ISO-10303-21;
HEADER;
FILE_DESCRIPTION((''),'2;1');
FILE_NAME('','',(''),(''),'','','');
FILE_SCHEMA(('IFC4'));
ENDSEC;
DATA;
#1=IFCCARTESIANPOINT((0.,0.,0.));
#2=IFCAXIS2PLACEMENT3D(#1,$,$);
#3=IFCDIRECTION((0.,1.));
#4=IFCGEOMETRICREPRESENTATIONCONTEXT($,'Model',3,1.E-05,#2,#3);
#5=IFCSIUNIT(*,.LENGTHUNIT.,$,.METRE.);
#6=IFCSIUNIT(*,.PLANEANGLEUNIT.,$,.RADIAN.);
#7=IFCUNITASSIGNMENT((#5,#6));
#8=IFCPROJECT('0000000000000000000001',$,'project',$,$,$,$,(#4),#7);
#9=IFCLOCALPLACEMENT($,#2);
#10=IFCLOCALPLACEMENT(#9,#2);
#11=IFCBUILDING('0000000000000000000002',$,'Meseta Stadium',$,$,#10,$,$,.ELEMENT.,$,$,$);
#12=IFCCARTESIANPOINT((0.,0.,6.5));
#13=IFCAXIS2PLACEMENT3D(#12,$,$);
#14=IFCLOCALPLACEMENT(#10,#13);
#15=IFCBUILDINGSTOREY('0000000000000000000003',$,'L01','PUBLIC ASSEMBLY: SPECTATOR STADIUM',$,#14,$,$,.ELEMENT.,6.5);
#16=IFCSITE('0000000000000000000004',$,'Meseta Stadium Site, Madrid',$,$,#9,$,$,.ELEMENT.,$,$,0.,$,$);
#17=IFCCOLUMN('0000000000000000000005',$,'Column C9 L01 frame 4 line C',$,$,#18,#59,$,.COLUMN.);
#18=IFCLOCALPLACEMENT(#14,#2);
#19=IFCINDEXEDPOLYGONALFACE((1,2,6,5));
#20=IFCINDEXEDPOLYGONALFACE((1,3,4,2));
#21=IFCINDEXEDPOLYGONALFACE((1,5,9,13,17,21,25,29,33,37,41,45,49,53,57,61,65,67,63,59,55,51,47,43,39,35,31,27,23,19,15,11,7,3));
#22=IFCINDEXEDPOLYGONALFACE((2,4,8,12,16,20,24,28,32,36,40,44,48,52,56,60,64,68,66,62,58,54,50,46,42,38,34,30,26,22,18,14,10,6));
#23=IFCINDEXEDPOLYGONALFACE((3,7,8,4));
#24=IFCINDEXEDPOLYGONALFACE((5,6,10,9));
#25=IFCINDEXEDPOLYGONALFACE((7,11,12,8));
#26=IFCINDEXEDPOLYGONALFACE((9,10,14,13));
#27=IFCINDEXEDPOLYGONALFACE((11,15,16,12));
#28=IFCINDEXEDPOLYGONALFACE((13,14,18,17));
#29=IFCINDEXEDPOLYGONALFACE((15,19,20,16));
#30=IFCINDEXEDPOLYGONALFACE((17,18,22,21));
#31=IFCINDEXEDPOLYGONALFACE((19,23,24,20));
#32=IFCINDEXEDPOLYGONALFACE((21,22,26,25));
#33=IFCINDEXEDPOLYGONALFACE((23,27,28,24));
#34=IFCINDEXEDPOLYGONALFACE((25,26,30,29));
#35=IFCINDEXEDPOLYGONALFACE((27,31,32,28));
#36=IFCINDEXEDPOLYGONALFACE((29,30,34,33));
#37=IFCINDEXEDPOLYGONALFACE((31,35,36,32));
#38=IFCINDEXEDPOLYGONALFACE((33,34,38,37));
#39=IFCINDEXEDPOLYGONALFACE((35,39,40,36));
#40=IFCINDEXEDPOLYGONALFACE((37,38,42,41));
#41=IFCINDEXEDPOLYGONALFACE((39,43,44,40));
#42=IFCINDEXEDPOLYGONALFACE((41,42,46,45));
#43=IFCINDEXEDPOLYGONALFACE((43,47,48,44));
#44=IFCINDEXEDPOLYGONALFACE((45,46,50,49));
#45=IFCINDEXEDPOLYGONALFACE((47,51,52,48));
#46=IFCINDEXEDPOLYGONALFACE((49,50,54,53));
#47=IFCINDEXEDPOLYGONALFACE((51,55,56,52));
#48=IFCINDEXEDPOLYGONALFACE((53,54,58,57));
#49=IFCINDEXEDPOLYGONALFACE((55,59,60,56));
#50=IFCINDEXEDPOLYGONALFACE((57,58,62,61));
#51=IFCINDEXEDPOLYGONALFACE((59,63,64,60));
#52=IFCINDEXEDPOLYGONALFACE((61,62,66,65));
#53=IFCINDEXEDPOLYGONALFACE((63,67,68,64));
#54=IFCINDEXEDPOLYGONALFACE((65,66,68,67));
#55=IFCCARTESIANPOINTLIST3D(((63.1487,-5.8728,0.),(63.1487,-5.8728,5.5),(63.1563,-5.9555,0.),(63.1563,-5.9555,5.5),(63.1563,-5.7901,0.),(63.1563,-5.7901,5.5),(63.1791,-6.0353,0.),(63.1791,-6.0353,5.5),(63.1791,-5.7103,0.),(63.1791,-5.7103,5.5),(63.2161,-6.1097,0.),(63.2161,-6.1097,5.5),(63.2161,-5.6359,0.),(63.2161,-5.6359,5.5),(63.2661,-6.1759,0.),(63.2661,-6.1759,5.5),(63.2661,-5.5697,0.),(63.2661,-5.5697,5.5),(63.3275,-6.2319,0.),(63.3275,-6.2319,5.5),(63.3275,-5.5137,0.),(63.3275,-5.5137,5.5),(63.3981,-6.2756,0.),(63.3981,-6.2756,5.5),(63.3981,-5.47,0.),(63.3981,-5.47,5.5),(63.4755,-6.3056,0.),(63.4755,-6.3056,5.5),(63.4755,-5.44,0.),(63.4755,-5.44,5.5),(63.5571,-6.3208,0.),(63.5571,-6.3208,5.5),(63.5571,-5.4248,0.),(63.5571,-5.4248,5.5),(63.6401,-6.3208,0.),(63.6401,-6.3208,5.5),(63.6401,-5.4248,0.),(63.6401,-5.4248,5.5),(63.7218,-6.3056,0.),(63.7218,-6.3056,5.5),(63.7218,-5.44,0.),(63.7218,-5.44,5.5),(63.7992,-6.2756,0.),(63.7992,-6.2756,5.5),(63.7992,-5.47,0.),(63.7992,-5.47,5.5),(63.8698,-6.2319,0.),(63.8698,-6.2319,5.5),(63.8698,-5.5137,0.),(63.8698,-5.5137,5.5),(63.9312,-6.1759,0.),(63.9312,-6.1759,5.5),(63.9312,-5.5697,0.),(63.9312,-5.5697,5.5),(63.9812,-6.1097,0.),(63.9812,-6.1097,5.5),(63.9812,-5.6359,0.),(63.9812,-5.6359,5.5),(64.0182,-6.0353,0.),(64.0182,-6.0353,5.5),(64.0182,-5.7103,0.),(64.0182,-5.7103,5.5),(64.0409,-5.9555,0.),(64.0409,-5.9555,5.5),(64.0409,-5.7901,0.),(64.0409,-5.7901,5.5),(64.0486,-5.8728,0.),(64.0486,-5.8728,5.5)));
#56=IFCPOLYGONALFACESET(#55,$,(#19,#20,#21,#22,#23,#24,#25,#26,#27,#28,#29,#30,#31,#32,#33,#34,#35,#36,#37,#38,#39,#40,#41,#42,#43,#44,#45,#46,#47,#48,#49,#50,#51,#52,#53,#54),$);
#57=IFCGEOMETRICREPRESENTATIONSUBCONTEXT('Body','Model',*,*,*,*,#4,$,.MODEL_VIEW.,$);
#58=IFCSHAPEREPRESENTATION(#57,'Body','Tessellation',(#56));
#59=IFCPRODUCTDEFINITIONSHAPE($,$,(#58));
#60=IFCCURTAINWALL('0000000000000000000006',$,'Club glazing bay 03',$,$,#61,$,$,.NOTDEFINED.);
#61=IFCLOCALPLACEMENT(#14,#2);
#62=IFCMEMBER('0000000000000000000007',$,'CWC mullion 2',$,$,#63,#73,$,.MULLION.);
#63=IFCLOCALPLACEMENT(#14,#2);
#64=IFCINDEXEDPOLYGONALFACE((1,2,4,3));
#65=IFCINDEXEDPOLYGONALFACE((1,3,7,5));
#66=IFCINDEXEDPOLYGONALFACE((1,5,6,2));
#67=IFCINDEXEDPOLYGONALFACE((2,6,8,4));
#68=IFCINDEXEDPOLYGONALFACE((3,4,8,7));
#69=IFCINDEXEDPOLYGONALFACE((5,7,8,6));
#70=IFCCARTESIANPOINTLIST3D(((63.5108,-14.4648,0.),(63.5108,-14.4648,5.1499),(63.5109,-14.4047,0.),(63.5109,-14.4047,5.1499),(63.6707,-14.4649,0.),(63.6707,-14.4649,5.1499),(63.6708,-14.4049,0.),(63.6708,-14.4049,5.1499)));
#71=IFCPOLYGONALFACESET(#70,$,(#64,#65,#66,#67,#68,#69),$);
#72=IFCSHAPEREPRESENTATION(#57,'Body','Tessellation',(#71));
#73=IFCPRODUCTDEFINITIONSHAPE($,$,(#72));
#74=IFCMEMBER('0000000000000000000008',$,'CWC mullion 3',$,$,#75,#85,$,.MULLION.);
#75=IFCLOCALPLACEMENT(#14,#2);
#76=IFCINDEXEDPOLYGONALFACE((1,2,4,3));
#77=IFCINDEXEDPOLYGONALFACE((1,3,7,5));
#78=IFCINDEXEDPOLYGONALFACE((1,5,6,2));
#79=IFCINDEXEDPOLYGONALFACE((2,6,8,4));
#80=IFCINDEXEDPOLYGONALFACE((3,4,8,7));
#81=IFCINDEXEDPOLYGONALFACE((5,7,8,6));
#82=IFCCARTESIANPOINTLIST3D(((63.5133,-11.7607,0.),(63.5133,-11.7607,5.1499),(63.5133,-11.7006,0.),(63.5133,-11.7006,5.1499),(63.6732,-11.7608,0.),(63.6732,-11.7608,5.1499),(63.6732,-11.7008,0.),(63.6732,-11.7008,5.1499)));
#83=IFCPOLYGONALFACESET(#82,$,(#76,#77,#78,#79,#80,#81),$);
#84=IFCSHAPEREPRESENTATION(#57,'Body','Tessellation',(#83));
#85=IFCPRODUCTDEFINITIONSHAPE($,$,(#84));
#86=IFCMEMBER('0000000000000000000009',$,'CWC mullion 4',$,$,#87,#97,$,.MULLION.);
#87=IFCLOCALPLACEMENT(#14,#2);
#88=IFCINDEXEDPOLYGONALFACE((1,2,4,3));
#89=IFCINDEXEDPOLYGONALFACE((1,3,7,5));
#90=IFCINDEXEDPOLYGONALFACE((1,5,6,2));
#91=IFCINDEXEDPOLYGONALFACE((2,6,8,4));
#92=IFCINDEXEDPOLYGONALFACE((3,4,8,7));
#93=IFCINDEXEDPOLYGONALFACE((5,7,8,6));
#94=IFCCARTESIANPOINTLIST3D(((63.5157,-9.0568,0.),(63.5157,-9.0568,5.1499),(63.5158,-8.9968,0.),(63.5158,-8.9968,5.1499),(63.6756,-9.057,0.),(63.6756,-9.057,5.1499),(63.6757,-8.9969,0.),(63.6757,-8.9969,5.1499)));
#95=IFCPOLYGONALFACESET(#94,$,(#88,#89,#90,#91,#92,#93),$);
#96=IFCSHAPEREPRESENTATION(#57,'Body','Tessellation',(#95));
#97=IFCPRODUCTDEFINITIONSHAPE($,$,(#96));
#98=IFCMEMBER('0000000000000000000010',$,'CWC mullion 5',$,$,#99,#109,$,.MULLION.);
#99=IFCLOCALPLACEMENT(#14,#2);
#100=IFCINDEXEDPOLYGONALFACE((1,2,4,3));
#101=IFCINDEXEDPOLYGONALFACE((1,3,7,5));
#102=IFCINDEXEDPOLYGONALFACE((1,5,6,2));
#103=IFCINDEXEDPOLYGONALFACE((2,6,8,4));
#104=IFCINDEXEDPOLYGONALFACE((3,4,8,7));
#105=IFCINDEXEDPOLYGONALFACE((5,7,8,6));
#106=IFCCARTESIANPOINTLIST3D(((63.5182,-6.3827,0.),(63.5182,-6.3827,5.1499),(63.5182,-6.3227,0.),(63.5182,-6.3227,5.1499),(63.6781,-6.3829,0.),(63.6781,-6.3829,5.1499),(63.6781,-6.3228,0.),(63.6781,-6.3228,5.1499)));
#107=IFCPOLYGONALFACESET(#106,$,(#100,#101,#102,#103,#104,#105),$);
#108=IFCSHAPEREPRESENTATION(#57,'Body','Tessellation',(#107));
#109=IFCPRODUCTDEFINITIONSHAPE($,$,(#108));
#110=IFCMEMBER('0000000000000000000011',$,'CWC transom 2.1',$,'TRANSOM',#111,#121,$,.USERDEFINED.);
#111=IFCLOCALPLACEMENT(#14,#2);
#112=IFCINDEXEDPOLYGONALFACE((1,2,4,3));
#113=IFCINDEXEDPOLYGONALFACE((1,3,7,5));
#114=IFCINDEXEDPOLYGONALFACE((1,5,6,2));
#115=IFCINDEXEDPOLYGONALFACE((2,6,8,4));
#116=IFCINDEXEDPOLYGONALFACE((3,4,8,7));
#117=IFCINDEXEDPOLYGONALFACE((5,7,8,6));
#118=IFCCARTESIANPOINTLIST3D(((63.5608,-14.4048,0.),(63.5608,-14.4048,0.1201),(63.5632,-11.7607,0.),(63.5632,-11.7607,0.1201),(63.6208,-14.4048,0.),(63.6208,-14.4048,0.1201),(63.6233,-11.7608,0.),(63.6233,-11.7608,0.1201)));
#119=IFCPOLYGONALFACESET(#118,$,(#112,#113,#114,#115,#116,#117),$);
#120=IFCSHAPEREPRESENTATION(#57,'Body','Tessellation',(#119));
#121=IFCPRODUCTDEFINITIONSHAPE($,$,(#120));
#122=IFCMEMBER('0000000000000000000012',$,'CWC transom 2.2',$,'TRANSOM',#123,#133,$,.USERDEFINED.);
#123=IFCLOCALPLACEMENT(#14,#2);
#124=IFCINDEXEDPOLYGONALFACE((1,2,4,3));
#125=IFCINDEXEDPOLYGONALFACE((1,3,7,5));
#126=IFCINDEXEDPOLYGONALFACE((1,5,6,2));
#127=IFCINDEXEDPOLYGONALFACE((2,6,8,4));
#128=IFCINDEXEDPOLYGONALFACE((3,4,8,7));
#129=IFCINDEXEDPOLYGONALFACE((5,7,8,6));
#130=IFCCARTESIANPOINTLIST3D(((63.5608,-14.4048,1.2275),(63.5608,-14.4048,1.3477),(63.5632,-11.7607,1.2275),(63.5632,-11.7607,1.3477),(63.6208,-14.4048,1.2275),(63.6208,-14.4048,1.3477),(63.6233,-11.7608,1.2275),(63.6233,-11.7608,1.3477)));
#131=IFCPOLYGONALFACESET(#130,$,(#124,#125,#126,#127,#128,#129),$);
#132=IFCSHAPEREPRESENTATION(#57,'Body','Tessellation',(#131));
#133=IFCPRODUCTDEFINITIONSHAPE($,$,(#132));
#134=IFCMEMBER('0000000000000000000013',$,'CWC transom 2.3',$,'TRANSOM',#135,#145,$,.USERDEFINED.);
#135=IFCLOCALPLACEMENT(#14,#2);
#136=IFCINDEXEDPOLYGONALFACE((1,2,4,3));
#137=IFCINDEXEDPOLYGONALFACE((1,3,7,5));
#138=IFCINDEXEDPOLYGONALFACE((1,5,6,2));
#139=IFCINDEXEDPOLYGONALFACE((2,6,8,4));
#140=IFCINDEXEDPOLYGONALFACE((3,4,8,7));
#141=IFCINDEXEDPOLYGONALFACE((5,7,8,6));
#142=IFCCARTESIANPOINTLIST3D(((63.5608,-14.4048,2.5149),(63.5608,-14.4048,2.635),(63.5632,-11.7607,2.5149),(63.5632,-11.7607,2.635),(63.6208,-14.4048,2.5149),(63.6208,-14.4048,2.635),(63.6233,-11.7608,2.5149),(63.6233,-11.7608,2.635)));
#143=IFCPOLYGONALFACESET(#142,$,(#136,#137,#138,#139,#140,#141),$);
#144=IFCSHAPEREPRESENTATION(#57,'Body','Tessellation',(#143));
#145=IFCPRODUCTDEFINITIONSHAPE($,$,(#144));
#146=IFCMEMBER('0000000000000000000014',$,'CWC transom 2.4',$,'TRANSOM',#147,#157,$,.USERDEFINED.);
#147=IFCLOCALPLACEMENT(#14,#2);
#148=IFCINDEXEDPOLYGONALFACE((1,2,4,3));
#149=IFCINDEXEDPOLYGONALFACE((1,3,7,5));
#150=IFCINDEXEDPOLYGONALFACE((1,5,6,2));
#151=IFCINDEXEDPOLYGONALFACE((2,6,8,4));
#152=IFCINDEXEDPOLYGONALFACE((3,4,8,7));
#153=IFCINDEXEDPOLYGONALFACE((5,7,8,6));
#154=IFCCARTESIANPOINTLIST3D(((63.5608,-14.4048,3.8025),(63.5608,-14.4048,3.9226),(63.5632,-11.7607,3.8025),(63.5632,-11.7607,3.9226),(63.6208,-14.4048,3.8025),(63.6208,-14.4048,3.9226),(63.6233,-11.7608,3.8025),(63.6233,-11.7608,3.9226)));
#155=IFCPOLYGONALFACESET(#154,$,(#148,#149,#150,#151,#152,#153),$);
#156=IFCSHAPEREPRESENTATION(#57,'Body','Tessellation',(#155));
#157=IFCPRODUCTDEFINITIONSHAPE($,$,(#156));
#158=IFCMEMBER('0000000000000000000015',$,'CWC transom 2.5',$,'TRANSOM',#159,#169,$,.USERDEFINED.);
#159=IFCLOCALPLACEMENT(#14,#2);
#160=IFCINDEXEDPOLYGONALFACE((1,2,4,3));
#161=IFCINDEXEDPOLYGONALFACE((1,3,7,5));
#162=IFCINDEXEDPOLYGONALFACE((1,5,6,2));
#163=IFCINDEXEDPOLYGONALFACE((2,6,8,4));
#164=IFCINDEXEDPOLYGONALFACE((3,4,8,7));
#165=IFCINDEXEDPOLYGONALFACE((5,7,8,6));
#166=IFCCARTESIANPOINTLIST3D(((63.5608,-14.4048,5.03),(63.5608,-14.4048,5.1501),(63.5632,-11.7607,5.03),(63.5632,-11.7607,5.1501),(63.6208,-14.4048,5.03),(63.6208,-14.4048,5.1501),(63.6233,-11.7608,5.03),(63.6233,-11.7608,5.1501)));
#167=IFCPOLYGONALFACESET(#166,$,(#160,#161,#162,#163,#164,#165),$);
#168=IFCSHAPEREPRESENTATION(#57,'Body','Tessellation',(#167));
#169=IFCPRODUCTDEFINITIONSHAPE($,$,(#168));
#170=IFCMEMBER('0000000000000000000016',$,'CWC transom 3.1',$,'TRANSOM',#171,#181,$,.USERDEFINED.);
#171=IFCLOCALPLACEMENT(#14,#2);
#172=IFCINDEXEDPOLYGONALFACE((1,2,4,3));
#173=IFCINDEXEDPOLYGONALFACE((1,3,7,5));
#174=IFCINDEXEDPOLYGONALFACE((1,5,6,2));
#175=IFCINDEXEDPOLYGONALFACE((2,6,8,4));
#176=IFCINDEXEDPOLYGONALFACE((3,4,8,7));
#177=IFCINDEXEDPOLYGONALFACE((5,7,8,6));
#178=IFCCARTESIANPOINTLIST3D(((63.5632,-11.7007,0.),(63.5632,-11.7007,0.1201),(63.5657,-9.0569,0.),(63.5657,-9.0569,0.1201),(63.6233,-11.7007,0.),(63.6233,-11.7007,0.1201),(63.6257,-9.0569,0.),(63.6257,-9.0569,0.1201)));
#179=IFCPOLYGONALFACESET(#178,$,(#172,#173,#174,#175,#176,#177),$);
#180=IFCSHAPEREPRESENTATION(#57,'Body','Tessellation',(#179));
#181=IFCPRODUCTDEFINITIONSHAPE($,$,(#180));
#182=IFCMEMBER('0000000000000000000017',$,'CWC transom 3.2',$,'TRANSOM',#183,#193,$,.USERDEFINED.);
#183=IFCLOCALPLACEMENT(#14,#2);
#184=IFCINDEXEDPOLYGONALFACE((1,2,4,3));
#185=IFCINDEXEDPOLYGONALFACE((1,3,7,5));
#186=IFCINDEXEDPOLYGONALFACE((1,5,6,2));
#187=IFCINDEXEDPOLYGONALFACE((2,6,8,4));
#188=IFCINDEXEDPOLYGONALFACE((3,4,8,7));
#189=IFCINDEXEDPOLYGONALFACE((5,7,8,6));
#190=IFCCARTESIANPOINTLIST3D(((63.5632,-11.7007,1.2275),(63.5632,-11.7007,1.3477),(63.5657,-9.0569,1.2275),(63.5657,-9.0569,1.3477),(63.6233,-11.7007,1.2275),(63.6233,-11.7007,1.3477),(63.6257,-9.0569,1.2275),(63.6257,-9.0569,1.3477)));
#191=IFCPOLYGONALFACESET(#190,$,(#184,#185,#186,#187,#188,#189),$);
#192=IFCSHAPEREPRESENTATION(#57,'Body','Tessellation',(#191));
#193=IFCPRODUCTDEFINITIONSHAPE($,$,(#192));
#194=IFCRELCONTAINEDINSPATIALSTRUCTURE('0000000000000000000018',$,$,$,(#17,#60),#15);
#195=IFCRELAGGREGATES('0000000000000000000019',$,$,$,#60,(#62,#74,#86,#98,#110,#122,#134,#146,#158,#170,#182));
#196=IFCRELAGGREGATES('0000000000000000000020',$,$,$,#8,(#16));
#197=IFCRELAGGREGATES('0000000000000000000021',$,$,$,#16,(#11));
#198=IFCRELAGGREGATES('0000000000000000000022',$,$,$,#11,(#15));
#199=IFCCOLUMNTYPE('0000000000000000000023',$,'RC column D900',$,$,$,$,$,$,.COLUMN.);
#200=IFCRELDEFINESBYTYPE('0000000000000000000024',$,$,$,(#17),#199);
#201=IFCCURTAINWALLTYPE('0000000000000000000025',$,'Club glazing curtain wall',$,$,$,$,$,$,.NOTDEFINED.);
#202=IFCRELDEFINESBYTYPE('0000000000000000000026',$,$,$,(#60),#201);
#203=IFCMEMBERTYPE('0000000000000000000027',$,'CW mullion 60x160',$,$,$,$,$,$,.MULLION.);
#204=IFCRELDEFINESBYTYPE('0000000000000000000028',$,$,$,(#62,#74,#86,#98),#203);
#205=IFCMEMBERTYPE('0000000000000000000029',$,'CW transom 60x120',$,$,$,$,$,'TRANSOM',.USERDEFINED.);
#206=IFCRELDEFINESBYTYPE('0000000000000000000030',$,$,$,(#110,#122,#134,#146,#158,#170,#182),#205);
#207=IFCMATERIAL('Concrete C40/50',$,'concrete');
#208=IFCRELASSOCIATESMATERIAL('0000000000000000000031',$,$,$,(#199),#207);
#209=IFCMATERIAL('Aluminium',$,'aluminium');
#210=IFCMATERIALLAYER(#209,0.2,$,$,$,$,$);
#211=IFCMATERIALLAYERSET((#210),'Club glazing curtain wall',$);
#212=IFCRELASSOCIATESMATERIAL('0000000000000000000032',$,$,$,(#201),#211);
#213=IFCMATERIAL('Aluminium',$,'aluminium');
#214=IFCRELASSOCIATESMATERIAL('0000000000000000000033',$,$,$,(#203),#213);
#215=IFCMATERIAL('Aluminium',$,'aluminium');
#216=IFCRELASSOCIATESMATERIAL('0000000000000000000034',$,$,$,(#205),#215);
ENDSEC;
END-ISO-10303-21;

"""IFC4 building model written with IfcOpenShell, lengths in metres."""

from ifc_helpers import new_model, si_unit, direction, frame, origin, origin_2d, place, context, subcontext, project, spatial, rectangle, circle, extrude, material, layer, layer_set, material_profile, profile_set, type_object, element, aggregate, save


model = new_model("IFC4")

# Units and contexts
model_context = context("Model", 3, precision=1e-05, world=origin(), true_north=direction((0.0, 1.0)))
body_context = subcontext(model_context, "Body", "Model", "MODEL_VIEW")
ifc_project = project(units=[si_unit("LENGTHUNIT", "METRE"), si_unit("PLANEANGLEUNIT", "RADIAN")], contexts=[model_context])

# Site, building, storey
site_placement = place(None, origin())
site = spatial("IfcSite", under=ifc_project, at=site_placement, Name="Meseta Stadium Site, Madrid", CompositionType="ELEMENT", RefElevation=0.0)
building_placement = place(site_placement, origin())
building = spatial("IfcBuilding", under=site, at=building_placement, Name="Meseta Stadium", CompositionType="ELEMENT")
storey_placement = place(building_placement, frame((0.0, 0.0, 6.5)))
storey = spatial("IfcBuildingStorey", under=building, at=storey_placement, Name="L01", Description="PUBLIC ASSEMBLY: SPECTATOR STADIUM", CompositionType="ELEMENT", Elevation=6.5)

# Column
ifc_material_1 = material(Name="Concrete C40/50", Category="concrete")
ifc_material_profile_1 = material_profile(ifc_material_1, circle(Radius=0.45, at=origin_2d()), Name="RC D900")
ifc_profile_set_1 = profile_set([ifc_material_profile_1], Name="Concrete C40/50")
column_type = type_object("IfcColumnType", Name="RC column D900", PredefinedType="COLUMN", material=ifc_profile_set_1)
column_placement = place(storey_placement, frame((63.5986, -5.8728, 0.0), z_axis=(0.0, 0.0, 1.0), x_axis=(1.0, 0.0, 0.0)))
element("IfcColumn", 1, at=column_placement, inside=storey, type_object=column_type, Name="Column C9 L01 frame 4 line C", PredefinedType="COLUMN", context=body_context, shape_type="SweptSolid", body=[
    extrude(circle(Radius=0.45, at=origin_2d()), origin(), (0.0, 0.0, 1.0), 5.5),
])

# Curtain wall, members
ifc_material_2 = material(Name="Aluminium", Category="aluminium")
ifc_layer_1 = layer(ifc_material_2, 0.2)
ifc_layer_set_1 = layer_set([ifc_layer_1], Name="Club glazing curtain wall")
curtain_wall_type = type_object("IfcCurtainWallType", Name="Club glazing curtain wall", PredefinedType="NOTDEFINED", material=ifc_layer_set_1)
curtain_wall_placement = place(storey_placement, origin())
curtain_wall = element("IfcCurtainWall", 2, at=curtain_wall_placement, inside=storey, type_object=curtain_wall_type, Name="Club glazing bay 03", PredefinedType="NOTDEFINED")
ifc_material_3 = material(Name="Aluminium", Category="aluminium")
ifc_material_profile_2 = material_profile(ifc_material_3, rectangle(XDim=0.1599, YDim=0.0601, at=origin_2d()), Name="CW 160x60")
ifc_profile_set_2 = profile_set([ifc_material_profile_2], Name="Aluminium")
member_type_1 = type_object("IfcMemberType", Name="CW mullion 60x160", PredefinedType="MULLION", material=ifc_profile_set_2)
member_1_placement = place(storey_placement, frame((63.5908, -14.4348, 0.0), z_axis=(0.0, 0.0, 1.0), x_axis=(-1.0, 0.000925, 0.0)))
member_1 = element("IfcMember", 3, at=member_1_placement, type_object=member_type_1, Name="CWC mullion 2", PredefinedType="MULLION", context=body_context, shape_type="SweptSolid", body=[
    extrude(rectangle(XDim=0.1599, YDim=0.0601, at=origin_2d()), origin(), (0.0, 0.0, 1.0), 5.1499),
])
member_2_placement = place(storey_placement, frame((63.5933, -11.7307, 0.0), z_axis=(0.0, 0.0, 1.0), x_axis=(-1.0, 0.000925, 0.0)))
member_2 = element("IfcMember", 4, at=member_2_placement, type_object=member_type_1, Name="CWC mullion 3", PredefinedType="MULLION", context=body_context, shape_type="SweptSolid", body=[
    extrude(rectangle(XDim=0.1599, YDim=0.0601, at=origin_2d()), origin(), (0.0, 0.0, 1.0), 5.1499),
])
member_3_placement = place(storey_placement, frame((63.5957, -9.0269, 0.0), z_axis=(0.0, 0.0, 1.0), x_axis=(-1.0, 0.000925, 0.0)))
member_3 = element("IfcMember", 5, at=member_3_placement, type_object=member_type_1, Name="CWC mullion 4", PredefinedType="MULLION", context=body_context, shape_type="SweptSolid", body=[
    extrude(rectangle(XDim=0.1599, YDim=0.0601, at=origin_2d()), origin(), (0.0, 0.0, 1.0), 5.1499),
])
member_4_placement = place(storey_placement, frame((63.5981, -6.3528, 0.0), z_axis=(0.0, 0.0, 1.0), x_axis=(-1.0, 0.000925, 0.0)))
member_4 = element("IfcMember", 6, at=member_4_placement, type_object=member_type_1, Name="CWC mullion 5", PredefinedType="MULLION", context=body_context, shape_type="SweptSolid", body=[
    extrude(rectangle(XDim=0.1599, YDim=0.0601, at=origin_2d()), origin(), (0.0, 0.0, 1.0), 5.1499),
])
ifc_material_4 = material(Name="Aluminium", Category="aluminium")
ifc_material_profile_3 = material_profile(ifc_material_4, rectangle(XDim=0.0601, YDim=0.1201, at=origin_2d()), Name="CW 60x120")
ifc_profile_set_3 = profile_set([ifc_material_profile_3], Name="Aluminium")
member_type_2 = type_object("IfcMemberType", Name="CW transom 60x120", ElementType="TRANSOM", PredefinedType="USERDEFINED", material=ifc_profile_set_3)
member_5_placement = place(storey_placement, frame((63.5908, -14.4048, 0.0601), z_axis=(0.000923, 1.0, 0.0), x_axis=(-1.0, 0.000923, 0.0)))
member_5 = element("IfcMember", 7, at=member_5_placement, type_object=member_type_2, Name="CWC transom 2.1", ObjectType="TRANSOM", PredefinedType="USERDEFINED", context=body_context, shape_type="SweptSolid", body=[
    extrude(rectangle(XDim=0.0601, YDim=0.1201, at=origin_2d()), origin(), (0.0, 0.0, 1.0), 2.644),
])
member_6_placement = place(storey_placement, frame((63.5908, -14.4048, 1.2876), z_axis=(0.000923, 1.0, 0.0), x_axis=(-1.0, 0.000923, 0.0)))
member_6 = element("IfcMember", 8, at=member_6_placement, type_object=member_type_2, Name="CWC transom 2.2", ObjectType="TRANSOM", PredefinedType="USERDEFINED", context=body_context, shape_type="SweptSolid", body=[
    extrude(rectangle(XDim=0.0601, YDim=0.1201, at=origin_2d()), origin(), (0.0, 0.0, 1.0), 2.644),
])
member_7_placement = place(storey_placement, frame((63.5908, -14.4048, 2.575), z_axis=(0.000923, 1.0, 0.0), x_axis=(-1.0, 0.000923, 0.0)))
member_7 = element("IfcMember", 9, at=member_7_placement, type_object=member_type_2, Name="CWC transom 2.3", ObjectType="TRANSOM", PredefinedType="USERDEFINED", context=body_context, shape_type="SweptSolid", body=[
    extrude(rectangle(XDim=0.0601, YDim=0.1201, at=origin_2d()), origin(), (0.0, 0.0, 1.0), 2.644),
])
member_8_placement = place(storey_placement, frame((63.5908, -14.4048, 3.8625), z_axis=(0.000923, 1.0, 0.0), x_axis=(-1.0, 0.000923, 0.0)))
member_8 = element("IfcMember", 10, at=member_8_placement, type_object=member_type_2, Name="CWC transom 2.4", ObjectType="TRANSOM", PredefinedType="USERDEFINED", context=body_context, shape_type="SweptSolid", body=[
    extrude(rectangle(XDim=0.0601, YDim=0.1201, at=origin_2d()), origin(), (0.0, 0.0, 1.0), 2.644),
])
member_9_placement = place(storey_placement, frame((63.5908, -14.4048, 5.0901), z_axis=(0.000923, 1.0, 0.0), x_axis=(-1.0, 0.000923, 0.0)))
member_9 = element("IfcMember", 11, at=member_9_placement, type_object=member_type_2, Name="CWC transom 2.5", ObjectType="TRANSOM", PredefinedType="USERDEFINED", context=body_context, shape_type="SweptSolid", body=[
    extrude(rectangle(XDim=0.0601, YDim=0.1201, at=origin_2d()), origin(), (0.0, 0.0, 1.0), 2.644),
])
member_10_placement = place(storey_placement, frame((63.5933, -11.7007, 0.0601), z_axis=(0.000923, 1.0, 0.0), x_axis=(-1.0, 0.000923, 0.0)))
member_10 = element("IfcMember", 12, at=member_10_placement, type_object=member_type_2, Name="CWC transom 3.1", ObjectType="TRANSOM", PredefinedType="USERDEFINED", context=body_context, shape_type="SweptSolid", body=[
    extrude(rectangle(XDim=0.0601, YDim=0.1201, at=origin_2d()), origin(), (0.0, 0.0, 1.0), 2.6438),
])
member_11_placement = place(storey_placement, frame((63.5933, -11.7007, 1.2876), z_axis=(0.000923, 1.0, 0.0), x_axis=(-1.0, 0.000923, 0.0)))
member_11 = element("IfcMember", 13, at=member_11_placement, type_object=member_type_2, Name="CWC transom 3.2", ObjectType="TRANSOM", PredefinedType="USERDEFINED", context=body_context, shape_type="SweptSolid", body=[
    extrude(rectangle(XDim=0.0601, YDim=0.1201, at=origin_2d()), origin(), (0.0, 0.0, 1.0), 2.6438),
])

aggregate(curtain_wall, [member_1, member_2, member_3, member_4, member_5, member_6, member_7, member_8, member_9, member_10, member_11])

save(model, "model.ifc")
